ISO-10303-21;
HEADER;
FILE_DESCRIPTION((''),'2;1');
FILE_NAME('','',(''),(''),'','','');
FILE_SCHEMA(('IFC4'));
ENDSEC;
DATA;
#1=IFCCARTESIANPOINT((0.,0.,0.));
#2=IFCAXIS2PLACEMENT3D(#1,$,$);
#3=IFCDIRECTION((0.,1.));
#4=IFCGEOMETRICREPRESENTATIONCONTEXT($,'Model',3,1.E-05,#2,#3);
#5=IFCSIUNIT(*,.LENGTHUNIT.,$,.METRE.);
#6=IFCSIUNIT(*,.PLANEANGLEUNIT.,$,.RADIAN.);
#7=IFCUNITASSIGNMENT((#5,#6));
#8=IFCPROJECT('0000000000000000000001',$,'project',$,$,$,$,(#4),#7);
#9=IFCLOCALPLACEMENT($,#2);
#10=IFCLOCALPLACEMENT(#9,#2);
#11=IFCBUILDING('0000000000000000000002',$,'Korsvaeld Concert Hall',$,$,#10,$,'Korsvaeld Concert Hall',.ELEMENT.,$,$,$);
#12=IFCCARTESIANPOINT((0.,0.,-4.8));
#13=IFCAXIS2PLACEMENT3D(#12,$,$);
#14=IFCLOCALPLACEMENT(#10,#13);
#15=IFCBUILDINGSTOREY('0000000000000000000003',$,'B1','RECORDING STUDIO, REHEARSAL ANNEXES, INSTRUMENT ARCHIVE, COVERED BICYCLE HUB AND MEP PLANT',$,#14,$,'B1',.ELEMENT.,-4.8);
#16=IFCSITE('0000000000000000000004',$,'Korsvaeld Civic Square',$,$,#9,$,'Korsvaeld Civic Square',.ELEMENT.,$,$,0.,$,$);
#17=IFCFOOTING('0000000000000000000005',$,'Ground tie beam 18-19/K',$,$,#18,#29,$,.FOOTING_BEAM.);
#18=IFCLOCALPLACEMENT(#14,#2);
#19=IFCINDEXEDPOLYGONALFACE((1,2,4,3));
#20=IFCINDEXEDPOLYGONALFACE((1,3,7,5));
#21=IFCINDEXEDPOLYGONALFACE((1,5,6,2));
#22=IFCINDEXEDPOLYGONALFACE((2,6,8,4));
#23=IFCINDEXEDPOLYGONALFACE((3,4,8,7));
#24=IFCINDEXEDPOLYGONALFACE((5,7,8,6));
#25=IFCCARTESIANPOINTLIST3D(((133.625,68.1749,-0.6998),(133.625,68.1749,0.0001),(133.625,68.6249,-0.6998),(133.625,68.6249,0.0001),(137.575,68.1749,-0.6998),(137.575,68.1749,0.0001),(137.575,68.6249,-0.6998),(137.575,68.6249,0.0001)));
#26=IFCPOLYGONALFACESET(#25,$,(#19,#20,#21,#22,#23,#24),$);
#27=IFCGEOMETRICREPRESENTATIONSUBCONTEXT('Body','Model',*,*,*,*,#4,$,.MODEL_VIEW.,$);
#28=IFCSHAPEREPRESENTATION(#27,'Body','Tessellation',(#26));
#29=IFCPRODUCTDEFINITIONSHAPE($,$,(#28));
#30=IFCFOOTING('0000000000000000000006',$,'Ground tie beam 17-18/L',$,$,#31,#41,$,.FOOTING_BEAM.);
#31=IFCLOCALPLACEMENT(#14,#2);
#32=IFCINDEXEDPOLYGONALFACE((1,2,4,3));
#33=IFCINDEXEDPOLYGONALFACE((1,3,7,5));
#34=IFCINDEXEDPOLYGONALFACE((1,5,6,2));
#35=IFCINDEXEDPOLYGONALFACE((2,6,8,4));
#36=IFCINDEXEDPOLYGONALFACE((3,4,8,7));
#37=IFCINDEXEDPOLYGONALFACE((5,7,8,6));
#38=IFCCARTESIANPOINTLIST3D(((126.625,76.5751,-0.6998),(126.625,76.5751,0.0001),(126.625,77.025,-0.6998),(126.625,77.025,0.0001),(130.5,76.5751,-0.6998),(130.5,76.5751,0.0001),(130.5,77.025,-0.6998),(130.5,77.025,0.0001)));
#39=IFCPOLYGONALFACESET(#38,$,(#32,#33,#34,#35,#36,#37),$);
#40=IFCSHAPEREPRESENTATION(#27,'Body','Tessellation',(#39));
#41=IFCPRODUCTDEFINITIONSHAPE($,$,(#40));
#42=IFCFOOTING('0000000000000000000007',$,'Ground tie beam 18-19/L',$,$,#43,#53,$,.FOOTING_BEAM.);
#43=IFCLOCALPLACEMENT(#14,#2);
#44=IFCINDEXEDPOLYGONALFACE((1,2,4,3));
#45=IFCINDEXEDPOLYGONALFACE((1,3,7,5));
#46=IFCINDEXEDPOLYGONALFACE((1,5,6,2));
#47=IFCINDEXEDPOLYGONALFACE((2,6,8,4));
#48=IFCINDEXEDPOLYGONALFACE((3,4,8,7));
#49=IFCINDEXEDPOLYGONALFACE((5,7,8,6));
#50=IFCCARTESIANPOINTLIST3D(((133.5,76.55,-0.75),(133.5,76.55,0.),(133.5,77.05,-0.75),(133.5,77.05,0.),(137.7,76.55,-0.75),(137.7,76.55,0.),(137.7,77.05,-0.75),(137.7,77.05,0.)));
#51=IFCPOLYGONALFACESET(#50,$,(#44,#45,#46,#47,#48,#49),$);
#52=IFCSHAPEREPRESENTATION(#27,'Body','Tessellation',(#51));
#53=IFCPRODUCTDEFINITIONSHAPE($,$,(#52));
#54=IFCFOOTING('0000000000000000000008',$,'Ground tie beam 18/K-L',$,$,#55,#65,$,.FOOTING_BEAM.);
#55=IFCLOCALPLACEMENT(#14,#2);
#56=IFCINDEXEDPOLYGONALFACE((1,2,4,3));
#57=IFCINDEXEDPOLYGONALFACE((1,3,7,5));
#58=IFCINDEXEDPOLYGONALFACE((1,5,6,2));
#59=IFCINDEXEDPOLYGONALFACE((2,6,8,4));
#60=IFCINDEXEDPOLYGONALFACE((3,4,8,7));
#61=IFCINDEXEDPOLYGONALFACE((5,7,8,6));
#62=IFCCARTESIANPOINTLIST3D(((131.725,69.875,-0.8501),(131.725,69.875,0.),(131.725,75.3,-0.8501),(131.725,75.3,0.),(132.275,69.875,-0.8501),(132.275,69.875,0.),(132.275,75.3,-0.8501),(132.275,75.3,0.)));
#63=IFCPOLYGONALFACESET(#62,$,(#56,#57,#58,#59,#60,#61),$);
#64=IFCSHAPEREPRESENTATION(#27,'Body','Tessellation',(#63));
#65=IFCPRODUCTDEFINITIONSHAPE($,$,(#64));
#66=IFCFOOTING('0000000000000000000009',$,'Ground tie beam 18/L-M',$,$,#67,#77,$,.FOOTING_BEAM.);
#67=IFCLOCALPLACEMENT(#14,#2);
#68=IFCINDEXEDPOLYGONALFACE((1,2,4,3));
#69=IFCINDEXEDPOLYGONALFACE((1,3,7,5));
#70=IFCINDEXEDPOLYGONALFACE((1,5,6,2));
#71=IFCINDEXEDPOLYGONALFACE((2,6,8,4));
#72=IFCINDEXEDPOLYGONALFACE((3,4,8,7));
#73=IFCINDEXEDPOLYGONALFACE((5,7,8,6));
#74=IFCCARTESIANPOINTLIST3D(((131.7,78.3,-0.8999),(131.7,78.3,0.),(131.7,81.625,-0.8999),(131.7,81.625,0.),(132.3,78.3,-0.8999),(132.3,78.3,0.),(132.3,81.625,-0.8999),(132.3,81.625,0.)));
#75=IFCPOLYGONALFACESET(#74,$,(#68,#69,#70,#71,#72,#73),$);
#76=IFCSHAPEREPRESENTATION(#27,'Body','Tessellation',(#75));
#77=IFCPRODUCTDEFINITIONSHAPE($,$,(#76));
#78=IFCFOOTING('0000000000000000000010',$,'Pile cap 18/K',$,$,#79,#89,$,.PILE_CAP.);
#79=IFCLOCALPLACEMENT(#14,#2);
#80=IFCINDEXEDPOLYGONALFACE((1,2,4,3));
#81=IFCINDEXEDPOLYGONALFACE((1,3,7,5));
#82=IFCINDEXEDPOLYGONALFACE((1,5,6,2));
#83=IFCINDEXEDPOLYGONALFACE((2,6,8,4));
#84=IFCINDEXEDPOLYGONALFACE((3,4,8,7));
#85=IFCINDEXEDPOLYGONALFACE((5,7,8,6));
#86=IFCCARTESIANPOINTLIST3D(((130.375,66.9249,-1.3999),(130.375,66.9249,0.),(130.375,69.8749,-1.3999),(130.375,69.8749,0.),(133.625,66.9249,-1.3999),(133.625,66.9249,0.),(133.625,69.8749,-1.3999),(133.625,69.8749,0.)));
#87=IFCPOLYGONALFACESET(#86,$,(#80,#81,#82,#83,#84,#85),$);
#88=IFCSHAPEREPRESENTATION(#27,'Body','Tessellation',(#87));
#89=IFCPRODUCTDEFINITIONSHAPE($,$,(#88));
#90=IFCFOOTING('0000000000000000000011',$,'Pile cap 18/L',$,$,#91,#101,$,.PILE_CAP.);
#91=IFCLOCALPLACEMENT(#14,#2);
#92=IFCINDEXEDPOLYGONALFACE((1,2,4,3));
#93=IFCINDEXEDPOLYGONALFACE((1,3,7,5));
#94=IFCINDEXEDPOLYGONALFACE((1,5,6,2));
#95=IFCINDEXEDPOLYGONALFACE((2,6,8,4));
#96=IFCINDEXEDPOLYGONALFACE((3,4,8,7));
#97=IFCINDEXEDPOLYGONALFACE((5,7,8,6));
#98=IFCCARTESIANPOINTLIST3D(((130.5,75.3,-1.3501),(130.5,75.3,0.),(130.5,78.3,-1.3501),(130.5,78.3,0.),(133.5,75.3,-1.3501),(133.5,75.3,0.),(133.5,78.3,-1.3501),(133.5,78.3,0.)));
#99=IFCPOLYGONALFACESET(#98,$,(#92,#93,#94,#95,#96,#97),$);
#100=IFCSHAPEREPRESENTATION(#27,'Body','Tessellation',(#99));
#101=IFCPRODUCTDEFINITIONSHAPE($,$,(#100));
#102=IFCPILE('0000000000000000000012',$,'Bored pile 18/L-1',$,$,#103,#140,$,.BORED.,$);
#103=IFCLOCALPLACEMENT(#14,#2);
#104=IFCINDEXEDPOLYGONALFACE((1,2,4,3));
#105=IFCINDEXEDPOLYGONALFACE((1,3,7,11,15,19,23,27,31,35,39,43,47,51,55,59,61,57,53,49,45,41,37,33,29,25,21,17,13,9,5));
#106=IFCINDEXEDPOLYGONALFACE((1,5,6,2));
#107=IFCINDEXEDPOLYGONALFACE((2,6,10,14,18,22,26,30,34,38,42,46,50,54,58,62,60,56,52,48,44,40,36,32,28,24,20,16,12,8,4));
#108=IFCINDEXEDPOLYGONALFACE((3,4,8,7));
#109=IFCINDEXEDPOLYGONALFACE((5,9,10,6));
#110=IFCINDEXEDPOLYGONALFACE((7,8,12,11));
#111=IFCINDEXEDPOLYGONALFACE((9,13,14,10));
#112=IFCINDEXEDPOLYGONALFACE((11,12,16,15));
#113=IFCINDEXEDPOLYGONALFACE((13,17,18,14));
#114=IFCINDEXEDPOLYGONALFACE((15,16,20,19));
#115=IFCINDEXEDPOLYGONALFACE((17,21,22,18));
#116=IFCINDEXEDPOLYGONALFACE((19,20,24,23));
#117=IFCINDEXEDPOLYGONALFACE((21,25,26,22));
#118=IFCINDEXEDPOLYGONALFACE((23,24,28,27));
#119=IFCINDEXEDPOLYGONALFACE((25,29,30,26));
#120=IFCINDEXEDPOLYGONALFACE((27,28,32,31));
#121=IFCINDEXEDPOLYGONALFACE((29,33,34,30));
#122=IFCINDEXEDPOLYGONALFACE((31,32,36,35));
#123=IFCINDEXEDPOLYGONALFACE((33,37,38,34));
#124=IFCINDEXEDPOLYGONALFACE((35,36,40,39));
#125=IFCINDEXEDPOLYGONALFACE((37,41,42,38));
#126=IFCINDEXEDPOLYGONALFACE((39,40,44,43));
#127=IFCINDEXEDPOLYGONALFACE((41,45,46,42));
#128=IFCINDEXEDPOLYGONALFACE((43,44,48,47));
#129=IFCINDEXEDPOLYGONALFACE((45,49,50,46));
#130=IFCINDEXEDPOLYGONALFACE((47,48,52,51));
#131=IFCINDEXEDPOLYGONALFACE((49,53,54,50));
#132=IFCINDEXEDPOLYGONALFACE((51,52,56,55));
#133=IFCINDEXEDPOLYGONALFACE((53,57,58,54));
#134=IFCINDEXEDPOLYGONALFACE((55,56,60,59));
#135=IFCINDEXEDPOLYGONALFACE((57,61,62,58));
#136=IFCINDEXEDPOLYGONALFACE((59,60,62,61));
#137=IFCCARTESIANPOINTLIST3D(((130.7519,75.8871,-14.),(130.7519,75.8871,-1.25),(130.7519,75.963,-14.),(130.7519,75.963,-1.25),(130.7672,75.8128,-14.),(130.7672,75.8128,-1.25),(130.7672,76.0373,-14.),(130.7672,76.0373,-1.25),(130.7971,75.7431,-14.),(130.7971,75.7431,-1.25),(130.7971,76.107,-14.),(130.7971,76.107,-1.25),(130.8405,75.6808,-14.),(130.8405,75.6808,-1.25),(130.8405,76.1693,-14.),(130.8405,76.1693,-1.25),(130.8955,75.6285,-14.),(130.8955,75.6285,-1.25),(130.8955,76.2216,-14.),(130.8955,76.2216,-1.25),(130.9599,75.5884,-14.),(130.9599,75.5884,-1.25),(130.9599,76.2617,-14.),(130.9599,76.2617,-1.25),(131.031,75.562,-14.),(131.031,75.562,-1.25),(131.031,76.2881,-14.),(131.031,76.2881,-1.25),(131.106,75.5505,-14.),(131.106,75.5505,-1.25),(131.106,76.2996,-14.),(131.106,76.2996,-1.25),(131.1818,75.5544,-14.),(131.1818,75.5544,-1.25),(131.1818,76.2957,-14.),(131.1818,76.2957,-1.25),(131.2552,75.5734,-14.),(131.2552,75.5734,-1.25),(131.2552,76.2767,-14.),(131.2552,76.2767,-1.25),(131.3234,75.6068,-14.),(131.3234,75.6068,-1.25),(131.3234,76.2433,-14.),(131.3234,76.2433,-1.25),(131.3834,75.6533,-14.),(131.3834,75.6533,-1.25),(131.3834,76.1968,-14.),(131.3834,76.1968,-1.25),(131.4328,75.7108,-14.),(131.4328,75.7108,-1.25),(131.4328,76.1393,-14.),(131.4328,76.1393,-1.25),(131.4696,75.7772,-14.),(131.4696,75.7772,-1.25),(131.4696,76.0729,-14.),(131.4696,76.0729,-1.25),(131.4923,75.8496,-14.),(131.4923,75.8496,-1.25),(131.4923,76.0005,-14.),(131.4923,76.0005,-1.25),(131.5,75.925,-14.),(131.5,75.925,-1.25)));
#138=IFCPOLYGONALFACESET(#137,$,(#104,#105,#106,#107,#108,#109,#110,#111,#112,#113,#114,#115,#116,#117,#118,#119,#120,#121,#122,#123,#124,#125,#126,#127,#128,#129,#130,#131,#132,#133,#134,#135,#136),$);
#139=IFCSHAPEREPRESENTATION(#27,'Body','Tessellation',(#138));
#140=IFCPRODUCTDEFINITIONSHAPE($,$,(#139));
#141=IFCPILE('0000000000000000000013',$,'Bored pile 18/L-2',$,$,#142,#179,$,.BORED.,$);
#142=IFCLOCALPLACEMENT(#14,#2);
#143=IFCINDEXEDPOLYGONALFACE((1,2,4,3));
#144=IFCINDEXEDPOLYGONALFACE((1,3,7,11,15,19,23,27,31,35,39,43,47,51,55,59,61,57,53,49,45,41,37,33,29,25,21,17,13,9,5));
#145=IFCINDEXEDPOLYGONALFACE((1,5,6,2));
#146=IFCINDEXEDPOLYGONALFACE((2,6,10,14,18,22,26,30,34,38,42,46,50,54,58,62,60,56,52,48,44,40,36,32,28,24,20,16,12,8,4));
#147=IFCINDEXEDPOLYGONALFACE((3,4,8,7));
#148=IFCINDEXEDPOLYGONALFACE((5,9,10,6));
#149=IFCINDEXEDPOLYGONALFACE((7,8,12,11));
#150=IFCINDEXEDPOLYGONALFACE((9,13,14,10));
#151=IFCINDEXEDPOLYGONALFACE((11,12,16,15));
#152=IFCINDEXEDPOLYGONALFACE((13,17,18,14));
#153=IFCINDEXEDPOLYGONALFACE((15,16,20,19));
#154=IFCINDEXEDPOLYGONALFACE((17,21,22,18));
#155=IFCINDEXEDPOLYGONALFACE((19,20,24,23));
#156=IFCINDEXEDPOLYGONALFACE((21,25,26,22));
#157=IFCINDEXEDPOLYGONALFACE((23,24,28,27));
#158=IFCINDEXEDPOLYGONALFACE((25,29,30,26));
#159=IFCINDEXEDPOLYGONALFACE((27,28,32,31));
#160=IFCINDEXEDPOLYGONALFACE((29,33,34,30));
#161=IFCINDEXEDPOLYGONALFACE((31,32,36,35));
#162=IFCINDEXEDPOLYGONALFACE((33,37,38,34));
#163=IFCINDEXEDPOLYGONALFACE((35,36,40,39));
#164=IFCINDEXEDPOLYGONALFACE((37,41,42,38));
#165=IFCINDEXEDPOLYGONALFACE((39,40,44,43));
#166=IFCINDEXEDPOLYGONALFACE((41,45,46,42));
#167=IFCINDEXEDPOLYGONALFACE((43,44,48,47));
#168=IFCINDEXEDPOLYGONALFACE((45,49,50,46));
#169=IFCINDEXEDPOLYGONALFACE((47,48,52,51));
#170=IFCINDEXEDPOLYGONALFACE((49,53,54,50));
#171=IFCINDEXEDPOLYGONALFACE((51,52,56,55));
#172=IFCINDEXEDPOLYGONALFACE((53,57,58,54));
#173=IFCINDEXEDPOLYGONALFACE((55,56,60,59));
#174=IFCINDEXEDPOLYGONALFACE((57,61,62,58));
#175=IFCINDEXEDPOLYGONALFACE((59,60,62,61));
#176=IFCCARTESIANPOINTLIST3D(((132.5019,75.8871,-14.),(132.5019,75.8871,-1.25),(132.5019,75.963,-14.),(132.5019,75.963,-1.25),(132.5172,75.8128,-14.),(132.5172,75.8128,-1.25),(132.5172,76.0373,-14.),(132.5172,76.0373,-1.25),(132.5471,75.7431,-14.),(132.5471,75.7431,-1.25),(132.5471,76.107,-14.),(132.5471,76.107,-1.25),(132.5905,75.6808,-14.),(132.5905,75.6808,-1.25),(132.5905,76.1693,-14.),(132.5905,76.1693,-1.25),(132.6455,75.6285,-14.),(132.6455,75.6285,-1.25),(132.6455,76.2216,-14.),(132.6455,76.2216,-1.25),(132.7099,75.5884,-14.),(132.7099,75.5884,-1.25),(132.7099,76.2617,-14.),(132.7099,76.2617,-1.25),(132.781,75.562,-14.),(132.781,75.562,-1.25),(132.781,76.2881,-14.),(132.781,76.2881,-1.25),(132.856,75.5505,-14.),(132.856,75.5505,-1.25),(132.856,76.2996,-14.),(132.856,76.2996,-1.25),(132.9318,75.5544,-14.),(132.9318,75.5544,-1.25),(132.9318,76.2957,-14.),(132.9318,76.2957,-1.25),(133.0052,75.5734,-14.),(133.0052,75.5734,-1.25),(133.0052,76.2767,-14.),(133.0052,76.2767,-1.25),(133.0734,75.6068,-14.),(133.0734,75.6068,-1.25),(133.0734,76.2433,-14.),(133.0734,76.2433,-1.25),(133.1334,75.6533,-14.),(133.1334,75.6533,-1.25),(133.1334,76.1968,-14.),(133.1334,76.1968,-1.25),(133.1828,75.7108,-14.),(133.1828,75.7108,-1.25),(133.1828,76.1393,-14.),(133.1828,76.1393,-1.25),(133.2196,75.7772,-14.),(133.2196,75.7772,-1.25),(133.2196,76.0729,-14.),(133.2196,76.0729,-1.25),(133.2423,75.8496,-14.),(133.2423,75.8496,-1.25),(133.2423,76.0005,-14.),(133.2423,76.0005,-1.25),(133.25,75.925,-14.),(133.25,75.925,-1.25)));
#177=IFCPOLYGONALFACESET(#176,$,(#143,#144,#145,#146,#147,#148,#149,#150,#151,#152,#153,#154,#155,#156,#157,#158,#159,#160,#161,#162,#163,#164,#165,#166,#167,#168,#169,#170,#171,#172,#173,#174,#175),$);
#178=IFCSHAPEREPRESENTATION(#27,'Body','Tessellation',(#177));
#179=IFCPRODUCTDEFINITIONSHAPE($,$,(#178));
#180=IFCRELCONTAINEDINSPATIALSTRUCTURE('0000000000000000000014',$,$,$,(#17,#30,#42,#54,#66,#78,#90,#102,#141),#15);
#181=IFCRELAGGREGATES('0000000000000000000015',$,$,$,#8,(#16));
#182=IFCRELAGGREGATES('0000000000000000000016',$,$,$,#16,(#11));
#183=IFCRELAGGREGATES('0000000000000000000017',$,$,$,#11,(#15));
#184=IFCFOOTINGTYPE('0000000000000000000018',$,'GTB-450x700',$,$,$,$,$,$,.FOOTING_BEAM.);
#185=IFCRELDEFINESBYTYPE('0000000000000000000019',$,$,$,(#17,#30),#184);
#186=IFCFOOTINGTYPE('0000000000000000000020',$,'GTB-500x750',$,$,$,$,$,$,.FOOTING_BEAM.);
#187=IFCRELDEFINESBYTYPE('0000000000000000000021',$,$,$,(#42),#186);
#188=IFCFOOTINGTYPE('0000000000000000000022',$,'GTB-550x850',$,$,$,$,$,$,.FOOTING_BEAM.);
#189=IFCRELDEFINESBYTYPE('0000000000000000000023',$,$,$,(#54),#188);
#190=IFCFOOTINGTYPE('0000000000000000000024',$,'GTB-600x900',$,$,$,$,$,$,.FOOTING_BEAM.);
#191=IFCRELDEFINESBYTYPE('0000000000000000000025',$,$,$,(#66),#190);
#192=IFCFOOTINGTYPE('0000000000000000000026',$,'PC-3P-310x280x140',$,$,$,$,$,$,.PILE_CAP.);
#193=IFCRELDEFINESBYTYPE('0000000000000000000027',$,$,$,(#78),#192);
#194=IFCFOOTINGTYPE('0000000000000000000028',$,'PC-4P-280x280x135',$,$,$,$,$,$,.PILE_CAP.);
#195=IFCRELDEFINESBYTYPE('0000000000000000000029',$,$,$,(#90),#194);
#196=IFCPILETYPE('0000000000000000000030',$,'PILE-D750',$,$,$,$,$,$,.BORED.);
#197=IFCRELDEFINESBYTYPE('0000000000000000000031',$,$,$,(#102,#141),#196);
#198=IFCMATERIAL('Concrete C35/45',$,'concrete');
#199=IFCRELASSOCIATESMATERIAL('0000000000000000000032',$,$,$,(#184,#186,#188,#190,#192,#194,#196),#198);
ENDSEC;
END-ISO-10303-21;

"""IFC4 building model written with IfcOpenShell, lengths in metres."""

from ifc_helpers import new_model, si_unit, direction, frame, origin, origin_2d, place, context, subcontext, project, spatial, rectangle, circle, extrude, material, material_profile, profile_set, type_object, element, save


model = new_model("IFC4")

# Units and contexts
model_context = context("Model", 3, precision=1e-05, world=origin(), true_north=direction((0.0, 1.0)))
body_context = subcontext(model_context, "Body", "Model", "MODEL_VIEW")
ifc_project = project(units=[si_unit("LENGTHUNIT", "METRE"), si_unit("PLANEANGLEUNIT", "RADIAN")], contexts=[model_context])

# Site, building, storey
site_placement = place(None, origin())
site = spatial("IfcSite", under=ifc_project, at=site_placement, Name="Korsvaeld Civic Square", LongName="Korsvaeld Civic Square", CompositionType="ELEMENT", RefElevation=0.0)
building_placement = place(site_placement, origin())
building = spatial("IfcBuilding", under=site, at=building_placement, Name="Korsvaeld Concert Hall", LongName="Korsvaeld Concert Hall", CompositionType="ELEMENT")
storey_placement = place(building_placement, frame((0.0, 0.0, -4.8)))
storey = spatial("IfcBuildingStorey", under=building, at=storey_placement, Name="B1", Description="RECORDING STUDIO, REHEARSAL ANNEXES, INSTRUMENT ARCHIVE, COVERED BICYCLE HUB AND MEP PLANT", LongName="B1", CompositionType="ELEMENT", Elevation=-4.8)

# Footings
ifc_material_1 = material(Name="Concrete C35/45", Category="concrete")
ifc_material_profile_1 = material_profile(ifc_material_1, rectangle(XDim=0.45, YDim=0.7, at=origin_2d()), Name="GTB 450x700")
ifc_profile_set_1 = profile_set([ifc_material_profile_1], Name="Concrete C35/45")
footing_type_1 = type_object("IfcFootingType", Name="GTB-450x700", PredefinedType="FOOTING_BEAM", material=ifc_profile_set_1)
footing_1_placement = place(storey_placement, frame((133.625, 68.3999, -0.3499), z_axis=(1.0, 0.0, 0.0), x_axis=(0.0, 1.0, 0.0)))
element("IfcFooting", 1, at=footing_1_placement, inside=storey, type_object=footing_type_1, Name="Ground tie beam 18-19/K", PredefinedType="FOOTING_BEAM", context=body_context, shape_type="SweptSolid", body=[
    extrude(rectangle(XDim=0.45, YDim=0.7, at=origin_2d()), origin(), (0.0, 0.0, 1.0), 3.95),
])
footing_2_placement = place(storey_placement, frame((126.625, 76.8, -0.3499), z_axis=(1.0, 0.0, 0.0), x_axis=(0.0, 1.0, 0.0)))
element("IfcFooting", 2, at=footing_2_placement, inside=storey, type_object=footing_type_1, Name="Ground tie beam 17-18/L", PredefinedType="FOOTING_BEAM", context=body_context, shape_type="SweptSolid", body=[
    extrude(rectangle(XDim=0.45, YDim=0.7, at=origin_2d()), origin(), (0.0, 0.0, 1.0), 3.875),
])
ifc_material_profile_2 = material_profile(ifc_material_1, rectangle(XDim=0.5, YDim=0.75, at=origin_2d()), Name="GTB 500x750")
ifc_profile_set_2 = profile_set([ifc_material_profile_2], Name="Concrete C35/45")
footing_type_2 = type_object("IfcFootingType", Name="GTB-500x750", PredefinedType="FOOTING_BEAM", material=ifc_profile_set_2)
footing_3_placement = place(storey_placement, frame((133.5, 76.8, -0.375), z_axis=(1.0, 0.0, 0.0), x_axis=(0.0, 1.0, 0.0)))
element("IfcFooting", 3, at=footing_3_placement, inside=storey, type_object=footing_type_2, Name="Ground tie beam 18-19/L", PredefinedType="FOOTING_BEAM", context=body_context, shape_type="SweptSolid", body=[
    extrude(rectangle(XDim=0.5, YDim=0.75, at=origin_2d()), origin(), (0.0, 0.0, 1.0), 4.2),
])
ifc_material_profile_3 = material_profile(ifc_material_1, rectangle(XDim=0.55, YDim=0.8501, at=origin_2d()), Name="GTB 550x850")
ifc_profile_set_3 = profile_set([ifc_material_profile_3], Name="Concrete C35/45")
footing_type_3 = type_object("IfcFootingType", Name="GTB-550x850", PredefinedType="FOOTING_BEAM", material=ifc_profile_set_3)
footing_4_placement = place(storey_placement, frame((132.0, 69.875, -0.425), z_axis=(0.0, 1.0, 0.0), x_axis=(-1.0, 0.0, 0.0)))
element("IfcFooting", 4, at=footing_4_placement, inside=storey, type_object=footing_type_3, Name="Ground tie beam 18/K-L", PredefinedType="FOOTING_BEAM", context=body_context, shape_type="SweptSolid", body=[
    extrude(rectangle(XDim=0.55, YDim=0.8501, at=origin_2d()), origin(), (0.0, 0.0, 1.0), 5.425),
])
ifc_material_profile_4 = material_profile(ifc_material_1, rectangle(XDim=0.6001, YDim=0.8999, at=origin_2d()), Name="GTB 600x900")
ifc_profile_set_4 = profile_set([ifc_material_profile_4], Name="Concrete C35/45")
footing_type_4 = type_object("IfcFootingType", Name="GTB-600x900", PredefinedType="FOOTING_BEAM", material=ifc_profile_set_4)
footing_5_placement = place(storey_placement, frame((132.0, 78.3, -0.45), z_axis=(0.0, 1.0, 0.0), x_axis=(-1.0, 0.0, 0.0)))
element("IfcFooting", 5, at=footing_5_placement, inside=storey, type_object=footing_type_4, Name="Ground tie beam 18/L-M", PredefinedType="FOOTING_BEAM", context=body_context, shape_type="SweptSolid", body=[
    extrude(rectangle(XDim=0.6001, YDim=0.8999, at=origin_2d()), origin(), (0.0, 0.0, 1.0), 3.325),
])
footing_type_5 = type_object("IfcFootingType", Name="PC-3P-310x280x140", PredefinedType="PILE_CAP", material=ifc_material_1)
footing_6_placement = place(storey_placement, frame((132.0, 68.3999, -1.3999), z_axis=(0.0, 0.0, 1.0), x_axis=(1.0, 0.0, 0.0)))
element("IfcFooting", 6, at=footing_6_placement, inside=storey, type_object=footing_type_5, Name="Pile cap 18/K", PredefinedType="PILE_CAP", context=body_context, shape_type="SweptSolid", body=[
    extrude(rectangle(XDim=3.25, YDim=2.95, at=origin_2d()), origin(), (0.0, 0.0, 1.0), 1.3999),
])
footing_type_6 = type_object("IfcFootingType", Name="PC-4P-280x280x135", PredefinedType="PILE_CAP", material=ifc_material_1)
footing_7_placement = place(storey_placement, frame((132.0, 76.8, -1.3501), z_axis=(0.0, 0.0, 1.0), x_axis=(1.0, 0.0, 0.0)))
element("IfcFooting", 7, at=footing_7_placement, inside=storey, type_object=footing_type_6, Name="Pile cap 18/L", PredefinedType="PILE_CAP", context=body_context, shape_type="SweptSolid", body=[
    extrude(rectangle(XDim=3.0, YDim=3.0, at=origin_2d()), origin(), (0.0, 0.0, 1.0), 1.3501),
])

# Piles
ifc_material_profile_5 = material_profile(ifc_material_1, circle(Radius=0.375, at=origin_2d()), Name="BORED PILE D750")
ifc_profile_set_5 = profile_set([ifc_material_profile_5], Name="Concrete C35/45")
pile_type_1 = type_object("IfcPileType", Name="PILE-D750", PredefinedType="BORED", material=ifc_profile_set_5)
for number, where, z_axis, x_axis, name in (
    (8, (131.125, 75.925, -1.25), (0.0, 0.0, -1.0), (1.0, 0.0, 0.0), "Bored pile 18/L-1"),
    (9, (132.875, 75.925, -1.25), (0.0, 0.0, -1.0), (1.0, 0.0, 0.0), "Bored pile 18/L-2"),
):
    element("IfcPile", number, at=place(storey_placement, frame(where, z_axis=z_axis, x_axis=x_axis)), inside=storey, type_object=pile_type_1, Name=name, PredefinedType="BORED", context=body_context, shape_type="SweptSolid", body=[
        extrude(circle(Radius=0.375, at=origin_2d()), origin(), (0.0, 0.0, 1.0), 12.75),
    ])

save(model, "model.ifc")
